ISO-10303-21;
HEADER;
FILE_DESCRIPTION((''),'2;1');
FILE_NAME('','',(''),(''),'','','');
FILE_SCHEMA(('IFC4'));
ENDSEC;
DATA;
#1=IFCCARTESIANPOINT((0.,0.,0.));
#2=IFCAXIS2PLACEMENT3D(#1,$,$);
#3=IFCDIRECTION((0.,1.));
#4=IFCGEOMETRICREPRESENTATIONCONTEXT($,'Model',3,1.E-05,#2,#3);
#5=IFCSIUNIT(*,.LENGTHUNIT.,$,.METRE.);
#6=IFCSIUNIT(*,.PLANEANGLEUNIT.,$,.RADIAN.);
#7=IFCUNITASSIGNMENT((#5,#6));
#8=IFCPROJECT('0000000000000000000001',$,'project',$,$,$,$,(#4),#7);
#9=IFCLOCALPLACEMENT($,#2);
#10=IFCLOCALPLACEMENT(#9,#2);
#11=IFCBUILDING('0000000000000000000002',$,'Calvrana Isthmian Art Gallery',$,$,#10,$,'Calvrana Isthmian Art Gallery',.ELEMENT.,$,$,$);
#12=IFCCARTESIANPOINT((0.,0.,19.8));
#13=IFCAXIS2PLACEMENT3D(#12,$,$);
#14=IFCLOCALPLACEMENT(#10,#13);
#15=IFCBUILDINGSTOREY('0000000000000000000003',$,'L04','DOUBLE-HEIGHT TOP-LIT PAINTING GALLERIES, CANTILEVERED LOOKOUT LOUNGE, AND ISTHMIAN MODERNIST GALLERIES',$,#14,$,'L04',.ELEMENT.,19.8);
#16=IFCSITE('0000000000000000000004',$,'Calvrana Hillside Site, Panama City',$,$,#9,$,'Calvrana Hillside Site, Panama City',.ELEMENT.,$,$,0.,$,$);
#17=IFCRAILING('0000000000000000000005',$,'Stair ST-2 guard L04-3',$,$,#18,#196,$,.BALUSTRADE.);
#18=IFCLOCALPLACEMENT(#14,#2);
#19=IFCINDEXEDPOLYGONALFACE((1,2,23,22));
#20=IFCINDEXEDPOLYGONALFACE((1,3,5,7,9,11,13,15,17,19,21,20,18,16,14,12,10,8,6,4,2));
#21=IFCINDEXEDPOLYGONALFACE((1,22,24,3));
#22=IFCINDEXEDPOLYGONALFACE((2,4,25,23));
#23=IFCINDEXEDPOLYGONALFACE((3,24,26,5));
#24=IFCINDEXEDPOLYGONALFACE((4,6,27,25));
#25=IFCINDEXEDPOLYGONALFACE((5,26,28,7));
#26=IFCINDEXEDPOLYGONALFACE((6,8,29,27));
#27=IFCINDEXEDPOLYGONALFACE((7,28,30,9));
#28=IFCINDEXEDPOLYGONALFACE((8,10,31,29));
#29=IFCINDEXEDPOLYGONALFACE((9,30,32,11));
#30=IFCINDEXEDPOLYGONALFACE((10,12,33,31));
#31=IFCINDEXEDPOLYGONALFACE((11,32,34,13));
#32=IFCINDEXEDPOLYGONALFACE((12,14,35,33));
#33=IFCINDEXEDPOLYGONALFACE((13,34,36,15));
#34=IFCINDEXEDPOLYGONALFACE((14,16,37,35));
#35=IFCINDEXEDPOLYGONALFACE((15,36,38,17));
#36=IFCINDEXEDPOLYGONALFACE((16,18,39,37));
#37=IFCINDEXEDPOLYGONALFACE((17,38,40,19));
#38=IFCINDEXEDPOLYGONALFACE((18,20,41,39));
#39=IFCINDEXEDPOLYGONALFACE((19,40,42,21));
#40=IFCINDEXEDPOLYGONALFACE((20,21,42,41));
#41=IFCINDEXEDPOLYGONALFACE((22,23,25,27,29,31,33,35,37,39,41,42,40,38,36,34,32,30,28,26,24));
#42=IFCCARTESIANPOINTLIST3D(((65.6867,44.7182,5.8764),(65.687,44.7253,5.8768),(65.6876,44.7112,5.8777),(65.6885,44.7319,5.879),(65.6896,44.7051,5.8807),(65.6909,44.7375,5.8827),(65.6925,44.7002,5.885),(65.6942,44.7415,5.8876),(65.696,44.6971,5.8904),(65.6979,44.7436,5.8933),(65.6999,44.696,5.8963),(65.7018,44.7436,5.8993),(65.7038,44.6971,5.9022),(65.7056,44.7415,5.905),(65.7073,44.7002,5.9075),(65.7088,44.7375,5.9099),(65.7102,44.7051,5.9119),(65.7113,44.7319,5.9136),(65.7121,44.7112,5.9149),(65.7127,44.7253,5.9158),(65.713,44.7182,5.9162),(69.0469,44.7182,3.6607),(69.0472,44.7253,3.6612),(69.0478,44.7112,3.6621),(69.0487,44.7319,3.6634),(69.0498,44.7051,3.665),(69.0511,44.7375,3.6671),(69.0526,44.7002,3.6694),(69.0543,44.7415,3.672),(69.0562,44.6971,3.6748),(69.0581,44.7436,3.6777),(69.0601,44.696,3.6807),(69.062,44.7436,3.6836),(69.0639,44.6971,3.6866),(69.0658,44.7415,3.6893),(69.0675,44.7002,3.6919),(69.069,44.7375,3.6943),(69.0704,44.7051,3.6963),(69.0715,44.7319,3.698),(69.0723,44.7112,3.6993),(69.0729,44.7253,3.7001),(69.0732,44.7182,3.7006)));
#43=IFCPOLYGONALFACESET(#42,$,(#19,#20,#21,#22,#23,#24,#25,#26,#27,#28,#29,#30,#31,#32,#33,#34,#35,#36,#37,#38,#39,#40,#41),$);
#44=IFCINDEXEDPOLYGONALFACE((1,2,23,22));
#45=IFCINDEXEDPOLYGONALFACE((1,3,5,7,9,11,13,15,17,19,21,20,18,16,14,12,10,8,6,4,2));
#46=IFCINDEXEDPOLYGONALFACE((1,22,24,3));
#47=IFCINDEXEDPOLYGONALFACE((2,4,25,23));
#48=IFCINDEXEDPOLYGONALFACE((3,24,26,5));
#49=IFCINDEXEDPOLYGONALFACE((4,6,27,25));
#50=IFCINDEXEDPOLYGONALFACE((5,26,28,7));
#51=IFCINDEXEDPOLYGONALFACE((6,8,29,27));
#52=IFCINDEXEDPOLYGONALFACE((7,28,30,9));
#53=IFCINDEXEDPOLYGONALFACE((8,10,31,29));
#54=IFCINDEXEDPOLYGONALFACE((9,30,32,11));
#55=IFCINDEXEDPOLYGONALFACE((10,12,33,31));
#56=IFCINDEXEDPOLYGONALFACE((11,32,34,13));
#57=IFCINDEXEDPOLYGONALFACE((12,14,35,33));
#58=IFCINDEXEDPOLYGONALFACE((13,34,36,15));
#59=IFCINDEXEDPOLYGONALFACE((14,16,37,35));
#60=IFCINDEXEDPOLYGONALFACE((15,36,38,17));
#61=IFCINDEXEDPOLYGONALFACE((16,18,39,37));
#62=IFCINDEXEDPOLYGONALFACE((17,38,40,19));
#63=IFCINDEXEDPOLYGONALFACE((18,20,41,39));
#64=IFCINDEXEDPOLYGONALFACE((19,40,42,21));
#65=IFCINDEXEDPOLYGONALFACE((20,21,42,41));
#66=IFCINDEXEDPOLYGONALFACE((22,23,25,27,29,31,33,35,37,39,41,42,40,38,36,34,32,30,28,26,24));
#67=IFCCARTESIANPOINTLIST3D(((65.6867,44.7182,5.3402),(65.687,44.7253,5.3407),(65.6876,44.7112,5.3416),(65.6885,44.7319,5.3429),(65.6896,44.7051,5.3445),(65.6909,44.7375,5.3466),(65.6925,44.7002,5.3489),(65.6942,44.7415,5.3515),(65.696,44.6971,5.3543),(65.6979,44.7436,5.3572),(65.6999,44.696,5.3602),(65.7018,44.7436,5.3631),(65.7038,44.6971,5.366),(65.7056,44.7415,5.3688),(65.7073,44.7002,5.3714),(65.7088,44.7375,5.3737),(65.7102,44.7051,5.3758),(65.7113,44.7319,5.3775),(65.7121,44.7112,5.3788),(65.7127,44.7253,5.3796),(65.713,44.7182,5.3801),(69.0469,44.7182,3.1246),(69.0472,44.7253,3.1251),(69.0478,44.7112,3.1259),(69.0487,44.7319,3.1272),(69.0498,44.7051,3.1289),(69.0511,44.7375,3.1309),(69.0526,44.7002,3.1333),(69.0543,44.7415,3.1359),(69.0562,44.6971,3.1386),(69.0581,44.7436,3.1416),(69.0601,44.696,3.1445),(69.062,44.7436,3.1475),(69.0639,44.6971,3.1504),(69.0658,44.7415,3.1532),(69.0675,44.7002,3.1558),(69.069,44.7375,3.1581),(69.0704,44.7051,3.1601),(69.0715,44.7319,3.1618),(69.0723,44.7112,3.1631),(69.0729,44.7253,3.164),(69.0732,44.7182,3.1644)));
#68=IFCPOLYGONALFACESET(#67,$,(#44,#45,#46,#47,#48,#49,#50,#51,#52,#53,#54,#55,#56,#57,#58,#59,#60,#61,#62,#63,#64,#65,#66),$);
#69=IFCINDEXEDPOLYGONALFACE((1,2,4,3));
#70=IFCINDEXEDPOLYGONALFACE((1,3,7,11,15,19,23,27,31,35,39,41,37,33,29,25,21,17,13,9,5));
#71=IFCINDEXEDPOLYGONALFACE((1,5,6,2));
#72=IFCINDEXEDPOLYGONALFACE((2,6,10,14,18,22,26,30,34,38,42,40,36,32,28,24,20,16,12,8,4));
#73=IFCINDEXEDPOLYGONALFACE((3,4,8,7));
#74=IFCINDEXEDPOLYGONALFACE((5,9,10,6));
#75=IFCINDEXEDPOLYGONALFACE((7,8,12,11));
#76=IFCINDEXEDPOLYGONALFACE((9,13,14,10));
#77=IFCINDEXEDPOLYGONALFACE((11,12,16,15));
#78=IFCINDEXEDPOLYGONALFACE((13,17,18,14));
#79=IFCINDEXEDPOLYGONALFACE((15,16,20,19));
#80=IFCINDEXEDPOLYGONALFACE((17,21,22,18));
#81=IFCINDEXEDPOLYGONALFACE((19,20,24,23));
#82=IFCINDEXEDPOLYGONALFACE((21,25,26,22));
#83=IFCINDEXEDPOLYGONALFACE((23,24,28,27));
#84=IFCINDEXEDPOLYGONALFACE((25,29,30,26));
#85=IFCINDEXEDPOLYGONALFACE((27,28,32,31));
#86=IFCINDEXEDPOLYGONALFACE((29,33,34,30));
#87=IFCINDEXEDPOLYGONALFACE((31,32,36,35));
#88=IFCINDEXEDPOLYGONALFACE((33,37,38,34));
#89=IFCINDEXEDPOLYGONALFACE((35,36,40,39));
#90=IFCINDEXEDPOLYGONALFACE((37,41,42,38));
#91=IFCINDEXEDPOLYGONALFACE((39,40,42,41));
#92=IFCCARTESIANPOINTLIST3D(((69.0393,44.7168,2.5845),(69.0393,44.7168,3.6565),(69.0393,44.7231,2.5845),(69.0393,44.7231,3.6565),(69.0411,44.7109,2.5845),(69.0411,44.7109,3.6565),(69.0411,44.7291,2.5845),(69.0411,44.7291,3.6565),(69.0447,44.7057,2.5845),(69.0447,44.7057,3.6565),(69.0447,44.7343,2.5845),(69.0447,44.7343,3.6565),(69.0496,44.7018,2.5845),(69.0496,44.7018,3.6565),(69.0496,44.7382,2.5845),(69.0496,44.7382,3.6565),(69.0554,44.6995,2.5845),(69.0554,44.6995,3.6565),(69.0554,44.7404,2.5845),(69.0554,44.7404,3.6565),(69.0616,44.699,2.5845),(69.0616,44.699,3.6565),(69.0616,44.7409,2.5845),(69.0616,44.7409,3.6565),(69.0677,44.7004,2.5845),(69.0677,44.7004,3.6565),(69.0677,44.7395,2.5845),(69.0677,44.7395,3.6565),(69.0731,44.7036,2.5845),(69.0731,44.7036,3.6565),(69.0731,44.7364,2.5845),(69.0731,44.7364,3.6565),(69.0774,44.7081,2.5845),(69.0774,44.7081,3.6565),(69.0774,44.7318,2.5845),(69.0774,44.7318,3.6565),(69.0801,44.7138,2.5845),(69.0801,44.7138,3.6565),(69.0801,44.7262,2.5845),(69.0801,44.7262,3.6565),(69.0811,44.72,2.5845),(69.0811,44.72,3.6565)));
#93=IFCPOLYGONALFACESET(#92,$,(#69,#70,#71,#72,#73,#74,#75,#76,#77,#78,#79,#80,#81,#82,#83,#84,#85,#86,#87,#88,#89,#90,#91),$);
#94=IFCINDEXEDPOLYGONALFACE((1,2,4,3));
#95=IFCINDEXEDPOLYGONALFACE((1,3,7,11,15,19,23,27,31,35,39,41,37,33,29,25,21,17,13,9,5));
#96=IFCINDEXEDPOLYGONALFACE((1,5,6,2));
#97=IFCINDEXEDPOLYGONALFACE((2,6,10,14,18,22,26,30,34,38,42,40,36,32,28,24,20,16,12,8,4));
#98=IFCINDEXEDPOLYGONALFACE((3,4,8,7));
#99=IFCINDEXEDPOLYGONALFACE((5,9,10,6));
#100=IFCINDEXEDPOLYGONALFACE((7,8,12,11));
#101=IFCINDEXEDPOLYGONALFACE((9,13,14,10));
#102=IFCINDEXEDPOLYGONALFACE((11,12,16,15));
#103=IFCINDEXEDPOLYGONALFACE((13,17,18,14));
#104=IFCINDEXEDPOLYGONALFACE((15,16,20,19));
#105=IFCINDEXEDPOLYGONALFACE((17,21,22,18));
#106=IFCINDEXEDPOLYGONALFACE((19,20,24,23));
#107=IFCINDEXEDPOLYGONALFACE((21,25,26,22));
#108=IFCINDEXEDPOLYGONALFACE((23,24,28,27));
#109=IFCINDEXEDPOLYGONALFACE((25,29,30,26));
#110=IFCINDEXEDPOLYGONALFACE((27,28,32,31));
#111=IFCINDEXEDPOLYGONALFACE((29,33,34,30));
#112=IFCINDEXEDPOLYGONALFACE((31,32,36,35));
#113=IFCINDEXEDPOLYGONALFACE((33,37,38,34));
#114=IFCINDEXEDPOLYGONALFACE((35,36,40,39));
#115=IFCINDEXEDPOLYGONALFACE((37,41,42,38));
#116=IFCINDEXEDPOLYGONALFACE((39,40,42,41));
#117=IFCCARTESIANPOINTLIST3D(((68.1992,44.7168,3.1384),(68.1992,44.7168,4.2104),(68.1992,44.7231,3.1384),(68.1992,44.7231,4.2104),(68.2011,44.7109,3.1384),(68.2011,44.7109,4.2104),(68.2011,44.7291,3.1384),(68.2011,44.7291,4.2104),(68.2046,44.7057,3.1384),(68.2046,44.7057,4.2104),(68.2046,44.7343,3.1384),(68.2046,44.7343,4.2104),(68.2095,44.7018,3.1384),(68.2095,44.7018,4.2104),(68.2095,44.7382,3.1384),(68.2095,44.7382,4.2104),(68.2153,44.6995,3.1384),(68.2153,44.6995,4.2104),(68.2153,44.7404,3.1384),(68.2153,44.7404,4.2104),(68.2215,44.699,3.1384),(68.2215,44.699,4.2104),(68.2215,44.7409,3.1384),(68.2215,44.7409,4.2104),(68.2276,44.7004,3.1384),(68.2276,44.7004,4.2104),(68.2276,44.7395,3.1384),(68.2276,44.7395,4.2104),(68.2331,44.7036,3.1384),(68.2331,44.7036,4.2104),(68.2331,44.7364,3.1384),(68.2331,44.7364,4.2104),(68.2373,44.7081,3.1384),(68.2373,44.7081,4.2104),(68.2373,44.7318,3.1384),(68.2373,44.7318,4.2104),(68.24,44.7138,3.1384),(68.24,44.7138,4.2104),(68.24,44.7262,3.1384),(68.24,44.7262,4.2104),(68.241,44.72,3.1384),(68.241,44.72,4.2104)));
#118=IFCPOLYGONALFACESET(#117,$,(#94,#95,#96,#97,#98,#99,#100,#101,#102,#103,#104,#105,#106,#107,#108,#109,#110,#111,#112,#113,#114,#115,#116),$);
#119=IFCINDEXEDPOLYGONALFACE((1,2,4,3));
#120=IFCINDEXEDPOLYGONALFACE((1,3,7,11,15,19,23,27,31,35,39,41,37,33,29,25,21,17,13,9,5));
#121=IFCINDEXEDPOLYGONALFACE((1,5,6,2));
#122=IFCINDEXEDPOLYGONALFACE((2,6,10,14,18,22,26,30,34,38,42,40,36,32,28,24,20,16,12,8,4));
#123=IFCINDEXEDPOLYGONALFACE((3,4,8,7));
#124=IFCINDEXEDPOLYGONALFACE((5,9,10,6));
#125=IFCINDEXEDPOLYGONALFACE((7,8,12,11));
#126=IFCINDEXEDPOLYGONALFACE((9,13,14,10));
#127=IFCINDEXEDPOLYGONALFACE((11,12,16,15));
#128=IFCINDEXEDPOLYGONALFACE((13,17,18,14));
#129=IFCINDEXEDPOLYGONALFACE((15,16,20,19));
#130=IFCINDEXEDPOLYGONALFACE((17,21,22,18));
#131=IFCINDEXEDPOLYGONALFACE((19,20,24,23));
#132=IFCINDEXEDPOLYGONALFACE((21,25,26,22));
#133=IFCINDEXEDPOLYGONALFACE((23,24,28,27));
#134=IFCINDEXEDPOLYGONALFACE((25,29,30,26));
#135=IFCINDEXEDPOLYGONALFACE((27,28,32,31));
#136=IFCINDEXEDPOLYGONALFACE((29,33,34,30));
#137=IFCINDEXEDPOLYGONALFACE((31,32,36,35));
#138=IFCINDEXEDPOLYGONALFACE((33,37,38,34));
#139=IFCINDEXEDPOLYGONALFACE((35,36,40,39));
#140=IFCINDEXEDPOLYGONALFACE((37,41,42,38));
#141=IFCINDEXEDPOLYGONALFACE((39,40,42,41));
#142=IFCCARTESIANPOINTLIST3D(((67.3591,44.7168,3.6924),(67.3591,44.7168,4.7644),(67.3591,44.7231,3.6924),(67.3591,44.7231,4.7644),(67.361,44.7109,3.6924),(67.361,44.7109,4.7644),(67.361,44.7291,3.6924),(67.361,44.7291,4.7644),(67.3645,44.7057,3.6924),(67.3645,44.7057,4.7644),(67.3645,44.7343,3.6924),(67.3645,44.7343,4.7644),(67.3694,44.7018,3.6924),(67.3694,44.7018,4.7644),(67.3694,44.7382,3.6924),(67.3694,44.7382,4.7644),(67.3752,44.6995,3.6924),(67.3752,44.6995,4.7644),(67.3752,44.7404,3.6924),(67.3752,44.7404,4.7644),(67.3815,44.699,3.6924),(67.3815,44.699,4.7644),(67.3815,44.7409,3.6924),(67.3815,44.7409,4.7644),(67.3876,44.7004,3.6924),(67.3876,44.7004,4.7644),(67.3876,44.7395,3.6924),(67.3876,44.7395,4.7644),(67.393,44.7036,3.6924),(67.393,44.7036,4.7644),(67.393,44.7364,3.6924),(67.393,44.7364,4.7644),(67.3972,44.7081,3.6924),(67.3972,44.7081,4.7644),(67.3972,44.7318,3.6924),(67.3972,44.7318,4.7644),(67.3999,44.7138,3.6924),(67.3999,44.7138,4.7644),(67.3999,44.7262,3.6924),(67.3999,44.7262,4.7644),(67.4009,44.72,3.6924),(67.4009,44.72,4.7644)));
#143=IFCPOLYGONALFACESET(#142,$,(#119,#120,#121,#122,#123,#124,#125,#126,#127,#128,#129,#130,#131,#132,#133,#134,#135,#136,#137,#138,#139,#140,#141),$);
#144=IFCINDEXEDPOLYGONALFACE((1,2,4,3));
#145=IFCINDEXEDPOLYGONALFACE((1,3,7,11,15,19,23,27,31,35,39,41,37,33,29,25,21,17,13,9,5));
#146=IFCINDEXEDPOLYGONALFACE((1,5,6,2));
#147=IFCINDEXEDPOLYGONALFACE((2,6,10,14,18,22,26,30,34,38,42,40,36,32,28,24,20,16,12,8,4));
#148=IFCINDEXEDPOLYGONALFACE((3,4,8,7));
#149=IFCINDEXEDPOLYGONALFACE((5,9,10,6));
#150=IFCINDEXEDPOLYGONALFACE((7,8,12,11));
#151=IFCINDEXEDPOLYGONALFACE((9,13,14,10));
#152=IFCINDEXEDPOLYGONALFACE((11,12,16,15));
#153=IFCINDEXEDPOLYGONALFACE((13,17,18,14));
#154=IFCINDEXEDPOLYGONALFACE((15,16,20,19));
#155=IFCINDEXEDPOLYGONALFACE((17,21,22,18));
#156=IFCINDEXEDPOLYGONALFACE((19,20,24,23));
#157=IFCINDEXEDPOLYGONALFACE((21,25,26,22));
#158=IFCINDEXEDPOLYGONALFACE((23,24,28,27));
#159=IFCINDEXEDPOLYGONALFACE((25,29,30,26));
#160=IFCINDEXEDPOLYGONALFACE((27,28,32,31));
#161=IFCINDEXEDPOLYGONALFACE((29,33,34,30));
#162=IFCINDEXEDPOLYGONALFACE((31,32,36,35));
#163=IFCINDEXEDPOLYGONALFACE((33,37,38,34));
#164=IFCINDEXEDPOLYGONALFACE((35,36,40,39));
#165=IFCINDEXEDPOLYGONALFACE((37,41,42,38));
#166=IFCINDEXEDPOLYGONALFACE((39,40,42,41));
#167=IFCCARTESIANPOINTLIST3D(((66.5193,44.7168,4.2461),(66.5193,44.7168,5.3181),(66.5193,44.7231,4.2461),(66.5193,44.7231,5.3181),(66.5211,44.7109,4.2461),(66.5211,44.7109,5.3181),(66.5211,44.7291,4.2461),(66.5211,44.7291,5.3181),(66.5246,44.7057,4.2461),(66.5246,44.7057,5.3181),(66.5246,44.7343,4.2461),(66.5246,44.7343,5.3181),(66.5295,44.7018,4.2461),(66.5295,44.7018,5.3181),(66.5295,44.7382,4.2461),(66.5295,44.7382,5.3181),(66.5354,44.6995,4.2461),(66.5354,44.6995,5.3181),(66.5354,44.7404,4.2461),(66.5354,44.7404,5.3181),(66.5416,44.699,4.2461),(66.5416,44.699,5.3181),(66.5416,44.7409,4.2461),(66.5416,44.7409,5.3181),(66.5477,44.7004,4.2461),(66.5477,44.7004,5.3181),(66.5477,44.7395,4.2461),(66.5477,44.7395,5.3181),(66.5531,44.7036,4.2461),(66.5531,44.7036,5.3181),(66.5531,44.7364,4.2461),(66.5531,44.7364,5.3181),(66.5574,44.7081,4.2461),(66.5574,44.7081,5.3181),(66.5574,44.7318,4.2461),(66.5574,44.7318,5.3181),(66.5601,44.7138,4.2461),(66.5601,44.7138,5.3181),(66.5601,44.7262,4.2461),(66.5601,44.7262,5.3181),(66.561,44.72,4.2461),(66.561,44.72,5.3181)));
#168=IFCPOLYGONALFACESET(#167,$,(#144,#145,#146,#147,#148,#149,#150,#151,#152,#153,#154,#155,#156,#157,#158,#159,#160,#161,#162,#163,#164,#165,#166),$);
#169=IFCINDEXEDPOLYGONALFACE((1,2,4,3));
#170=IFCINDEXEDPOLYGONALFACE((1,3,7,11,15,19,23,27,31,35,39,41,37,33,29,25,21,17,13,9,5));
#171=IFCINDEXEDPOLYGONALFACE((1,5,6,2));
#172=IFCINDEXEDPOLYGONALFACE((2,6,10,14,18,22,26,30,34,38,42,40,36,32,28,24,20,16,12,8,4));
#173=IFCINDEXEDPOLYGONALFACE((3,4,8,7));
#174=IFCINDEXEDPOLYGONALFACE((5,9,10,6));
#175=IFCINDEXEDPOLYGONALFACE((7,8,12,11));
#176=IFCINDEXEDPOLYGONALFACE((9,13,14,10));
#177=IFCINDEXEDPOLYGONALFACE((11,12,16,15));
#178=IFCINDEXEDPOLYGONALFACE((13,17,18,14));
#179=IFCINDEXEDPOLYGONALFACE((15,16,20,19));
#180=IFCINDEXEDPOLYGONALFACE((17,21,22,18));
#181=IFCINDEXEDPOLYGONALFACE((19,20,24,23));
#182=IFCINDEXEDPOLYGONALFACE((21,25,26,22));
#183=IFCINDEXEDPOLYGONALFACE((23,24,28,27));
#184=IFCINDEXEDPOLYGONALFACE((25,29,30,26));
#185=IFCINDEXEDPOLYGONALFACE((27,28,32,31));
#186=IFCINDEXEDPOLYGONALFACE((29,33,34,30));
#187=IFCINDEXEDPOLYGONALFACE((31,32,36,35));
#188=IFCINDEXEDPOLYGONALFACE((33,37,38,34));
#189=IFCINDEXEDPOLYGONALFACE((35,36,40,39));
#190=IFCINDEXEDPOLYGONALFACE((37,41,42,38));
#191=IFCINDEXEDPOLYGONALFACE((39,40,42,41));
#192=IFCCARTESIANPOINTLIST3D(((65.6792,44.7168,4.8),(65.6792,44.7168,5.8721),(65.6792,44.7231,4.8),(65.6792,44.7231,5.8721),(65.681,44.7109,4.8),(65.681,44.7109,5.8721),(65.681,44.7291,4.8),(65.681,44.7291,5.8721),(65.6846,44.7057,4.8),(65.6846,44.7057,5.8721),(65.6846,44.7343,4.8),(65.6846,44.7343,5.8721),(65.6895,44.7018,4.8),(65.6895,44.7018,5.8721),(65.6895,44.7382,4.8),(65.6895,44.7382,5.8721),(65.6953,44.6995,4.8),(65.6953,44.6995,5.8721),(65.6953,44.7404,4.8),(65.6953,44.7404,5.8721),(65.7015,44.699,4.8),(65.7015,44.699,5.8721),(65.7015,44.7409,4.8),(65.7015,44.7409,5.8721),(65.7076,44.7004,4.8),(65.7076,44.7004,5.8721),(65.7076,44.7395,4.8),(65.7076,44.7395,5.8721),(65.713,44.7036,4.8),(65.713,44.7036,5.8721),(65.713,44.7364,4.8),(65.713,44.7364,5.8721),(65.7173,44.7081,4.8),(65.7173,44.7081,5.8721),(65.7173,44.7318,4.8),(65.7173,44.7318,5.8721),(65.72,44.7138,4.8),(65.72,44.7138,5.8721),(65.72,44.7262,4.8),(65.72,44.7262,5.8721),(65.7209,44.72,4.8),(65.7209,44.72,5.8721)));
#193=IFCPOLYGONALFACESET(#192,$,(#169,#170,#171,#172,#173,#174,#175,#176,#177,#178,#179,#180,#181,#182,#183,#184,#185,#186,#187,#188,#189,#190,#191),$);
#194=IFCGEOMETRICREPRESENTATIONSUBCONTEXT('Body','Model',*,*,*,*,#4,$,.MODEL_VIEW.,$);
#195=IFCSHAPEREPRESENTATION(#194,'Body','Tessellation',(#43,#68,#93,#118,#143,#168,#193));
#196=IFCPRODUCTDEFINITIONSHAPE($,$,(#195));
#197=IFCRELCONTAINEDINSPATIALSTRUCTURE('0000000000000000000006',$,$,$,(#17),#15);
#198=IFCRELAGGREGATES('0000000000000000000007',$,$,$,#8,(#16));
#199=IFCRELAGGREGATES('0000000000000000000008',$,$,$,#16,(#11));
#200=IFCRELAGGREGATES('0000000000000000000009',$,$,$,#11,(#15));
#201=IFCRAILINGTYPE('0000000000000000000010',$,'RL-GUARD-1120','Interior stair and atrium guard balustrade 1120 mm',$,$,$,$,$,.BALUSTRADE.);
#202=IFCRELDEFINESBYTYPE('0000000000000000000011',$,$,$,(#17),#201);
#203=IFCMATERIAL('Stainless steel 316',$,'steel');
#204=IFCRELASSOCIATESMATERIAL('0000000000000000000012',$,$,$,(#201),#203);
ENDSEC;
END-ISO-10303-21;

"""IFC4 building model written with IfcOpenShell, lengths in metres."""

from ifc_helpers import new_model, si_unit, direction, frame, origin, origin_2d, place, context, subcontext, project, spatial, circle, extrude, material, type_object, element, save


model = new_model("IFC4")

# Units and contexts
model_context = context("Model", 3, precision=1e-05, world=origin(), true_north=direction((0.0, 1.0)))
body_context = subcontext(model_context, "Body", "Model", "MODEL_VIEW")
ifc_project = project(units=[si_unit("LENGTHUNIT", "METRE"), si_unit("PLANEANGLEUNIT", "RADIAN")], contexts=[model_context])

# Site, building, storey
site_placement = place(None, origin())
site = spatial("IfcSite", under=ifc_project, at=site_placement, Name="Calvrana Hillside Site, Panama City", LongName="Calvrana Hillside Site, Panama City", CompositionType="ELEMENT", RefElevation=0.0)
building_placement = place(site_placement, origin())
building = spatial("IfcBuilding", under=site, at=building_placement, Name="Calvrana Isthmian Art Gallery", LongName="Calvrana Isthmian Art Gallery", CompositionType="ELEMENT")
storey_placement = place(building_placement, frame((0.0, 0.0, 19.8)))
storey = spatial("IfcBuildingStorey", under=building, at=storey_placement, Name="L04", Description="DOUBLE-HEIGHT TOP-LIT PAINTING GALLERIES, CANTILEVERED LOOKOUT LOUNGE, AND ISTHMIAN MODERNIST GALLERIES", LongName="L04", CompositionType="ELEMENT", Elevation=19.8)

# Railing
ifc_material_1 = material(Name="Stainless steel 316", Category="steel")
railing_type_1 = type_object("IfcRailingType", Name="RL-GUARD-1120", Description="Interior stair and atrium guard balustrade 1120 mm", PredefinedType="BALUSTRADE", material=ifc_material_1)
railing_1_placement = place(storey_placement, frame((69.0601, 44.72, 2.5845)))
element("IfcRailing", 1, at=railing_1_placement, inside=storey, type_object=railing_type_1, Name="Stair ST-2 guard L04-3", PredefinedType="BALUSTRADE", context=body_context, shape_type="SweptSolid", body=[
    extrude(circle(Radius=0.0239, at=origin_2d()), frame((0.0, 0.0, 1.0962), z_axis=(-0.834849, 0.0, 0.55048), x_axis=(0.0, -1.0, 0.0)), (0.0, 0.0, 1.0), 4.0249),
    extrude(circle(Radius=0.0239, at=origin_2d()), frame((0.0, 0.0, 0.5601), z_axis=(-0.834849, 0.0, 0.55048), x_axis=(0.0, -1.0, 0.0)), (0.0, 0.0, 1.0), 4.0249),
    extrude(circle(Radius=0.021, at=origin_2d()), origin(), (0.0, 0.0, 1.0), 1.072),
    extrude(circle(Radius=0.021, at=origin_2d()), frame((-0.8401, 0.0, 0.554)), (0.0, 0.0, 1.0), 1.072),
    extrude(circle(Radius=0.021, at=origin_2d()), frame((-1.6802, 0.0, 1.1079)), (0.0, 0.0, 1.0), 1.072),
    extrude(circle(Radius=0.021, at=origin_2d()), frame((-2.52, 0.0, 1.6616)), (0.0, 0.0, 1.0), 1.072),
    extrude(circle(Radius=0.021, at=origin_2d()), frame((-3.3601, 0.0, 2.2156)), (0.0, 0.0, 1.0), 1.072),
])

save(model, "model.ifc")
